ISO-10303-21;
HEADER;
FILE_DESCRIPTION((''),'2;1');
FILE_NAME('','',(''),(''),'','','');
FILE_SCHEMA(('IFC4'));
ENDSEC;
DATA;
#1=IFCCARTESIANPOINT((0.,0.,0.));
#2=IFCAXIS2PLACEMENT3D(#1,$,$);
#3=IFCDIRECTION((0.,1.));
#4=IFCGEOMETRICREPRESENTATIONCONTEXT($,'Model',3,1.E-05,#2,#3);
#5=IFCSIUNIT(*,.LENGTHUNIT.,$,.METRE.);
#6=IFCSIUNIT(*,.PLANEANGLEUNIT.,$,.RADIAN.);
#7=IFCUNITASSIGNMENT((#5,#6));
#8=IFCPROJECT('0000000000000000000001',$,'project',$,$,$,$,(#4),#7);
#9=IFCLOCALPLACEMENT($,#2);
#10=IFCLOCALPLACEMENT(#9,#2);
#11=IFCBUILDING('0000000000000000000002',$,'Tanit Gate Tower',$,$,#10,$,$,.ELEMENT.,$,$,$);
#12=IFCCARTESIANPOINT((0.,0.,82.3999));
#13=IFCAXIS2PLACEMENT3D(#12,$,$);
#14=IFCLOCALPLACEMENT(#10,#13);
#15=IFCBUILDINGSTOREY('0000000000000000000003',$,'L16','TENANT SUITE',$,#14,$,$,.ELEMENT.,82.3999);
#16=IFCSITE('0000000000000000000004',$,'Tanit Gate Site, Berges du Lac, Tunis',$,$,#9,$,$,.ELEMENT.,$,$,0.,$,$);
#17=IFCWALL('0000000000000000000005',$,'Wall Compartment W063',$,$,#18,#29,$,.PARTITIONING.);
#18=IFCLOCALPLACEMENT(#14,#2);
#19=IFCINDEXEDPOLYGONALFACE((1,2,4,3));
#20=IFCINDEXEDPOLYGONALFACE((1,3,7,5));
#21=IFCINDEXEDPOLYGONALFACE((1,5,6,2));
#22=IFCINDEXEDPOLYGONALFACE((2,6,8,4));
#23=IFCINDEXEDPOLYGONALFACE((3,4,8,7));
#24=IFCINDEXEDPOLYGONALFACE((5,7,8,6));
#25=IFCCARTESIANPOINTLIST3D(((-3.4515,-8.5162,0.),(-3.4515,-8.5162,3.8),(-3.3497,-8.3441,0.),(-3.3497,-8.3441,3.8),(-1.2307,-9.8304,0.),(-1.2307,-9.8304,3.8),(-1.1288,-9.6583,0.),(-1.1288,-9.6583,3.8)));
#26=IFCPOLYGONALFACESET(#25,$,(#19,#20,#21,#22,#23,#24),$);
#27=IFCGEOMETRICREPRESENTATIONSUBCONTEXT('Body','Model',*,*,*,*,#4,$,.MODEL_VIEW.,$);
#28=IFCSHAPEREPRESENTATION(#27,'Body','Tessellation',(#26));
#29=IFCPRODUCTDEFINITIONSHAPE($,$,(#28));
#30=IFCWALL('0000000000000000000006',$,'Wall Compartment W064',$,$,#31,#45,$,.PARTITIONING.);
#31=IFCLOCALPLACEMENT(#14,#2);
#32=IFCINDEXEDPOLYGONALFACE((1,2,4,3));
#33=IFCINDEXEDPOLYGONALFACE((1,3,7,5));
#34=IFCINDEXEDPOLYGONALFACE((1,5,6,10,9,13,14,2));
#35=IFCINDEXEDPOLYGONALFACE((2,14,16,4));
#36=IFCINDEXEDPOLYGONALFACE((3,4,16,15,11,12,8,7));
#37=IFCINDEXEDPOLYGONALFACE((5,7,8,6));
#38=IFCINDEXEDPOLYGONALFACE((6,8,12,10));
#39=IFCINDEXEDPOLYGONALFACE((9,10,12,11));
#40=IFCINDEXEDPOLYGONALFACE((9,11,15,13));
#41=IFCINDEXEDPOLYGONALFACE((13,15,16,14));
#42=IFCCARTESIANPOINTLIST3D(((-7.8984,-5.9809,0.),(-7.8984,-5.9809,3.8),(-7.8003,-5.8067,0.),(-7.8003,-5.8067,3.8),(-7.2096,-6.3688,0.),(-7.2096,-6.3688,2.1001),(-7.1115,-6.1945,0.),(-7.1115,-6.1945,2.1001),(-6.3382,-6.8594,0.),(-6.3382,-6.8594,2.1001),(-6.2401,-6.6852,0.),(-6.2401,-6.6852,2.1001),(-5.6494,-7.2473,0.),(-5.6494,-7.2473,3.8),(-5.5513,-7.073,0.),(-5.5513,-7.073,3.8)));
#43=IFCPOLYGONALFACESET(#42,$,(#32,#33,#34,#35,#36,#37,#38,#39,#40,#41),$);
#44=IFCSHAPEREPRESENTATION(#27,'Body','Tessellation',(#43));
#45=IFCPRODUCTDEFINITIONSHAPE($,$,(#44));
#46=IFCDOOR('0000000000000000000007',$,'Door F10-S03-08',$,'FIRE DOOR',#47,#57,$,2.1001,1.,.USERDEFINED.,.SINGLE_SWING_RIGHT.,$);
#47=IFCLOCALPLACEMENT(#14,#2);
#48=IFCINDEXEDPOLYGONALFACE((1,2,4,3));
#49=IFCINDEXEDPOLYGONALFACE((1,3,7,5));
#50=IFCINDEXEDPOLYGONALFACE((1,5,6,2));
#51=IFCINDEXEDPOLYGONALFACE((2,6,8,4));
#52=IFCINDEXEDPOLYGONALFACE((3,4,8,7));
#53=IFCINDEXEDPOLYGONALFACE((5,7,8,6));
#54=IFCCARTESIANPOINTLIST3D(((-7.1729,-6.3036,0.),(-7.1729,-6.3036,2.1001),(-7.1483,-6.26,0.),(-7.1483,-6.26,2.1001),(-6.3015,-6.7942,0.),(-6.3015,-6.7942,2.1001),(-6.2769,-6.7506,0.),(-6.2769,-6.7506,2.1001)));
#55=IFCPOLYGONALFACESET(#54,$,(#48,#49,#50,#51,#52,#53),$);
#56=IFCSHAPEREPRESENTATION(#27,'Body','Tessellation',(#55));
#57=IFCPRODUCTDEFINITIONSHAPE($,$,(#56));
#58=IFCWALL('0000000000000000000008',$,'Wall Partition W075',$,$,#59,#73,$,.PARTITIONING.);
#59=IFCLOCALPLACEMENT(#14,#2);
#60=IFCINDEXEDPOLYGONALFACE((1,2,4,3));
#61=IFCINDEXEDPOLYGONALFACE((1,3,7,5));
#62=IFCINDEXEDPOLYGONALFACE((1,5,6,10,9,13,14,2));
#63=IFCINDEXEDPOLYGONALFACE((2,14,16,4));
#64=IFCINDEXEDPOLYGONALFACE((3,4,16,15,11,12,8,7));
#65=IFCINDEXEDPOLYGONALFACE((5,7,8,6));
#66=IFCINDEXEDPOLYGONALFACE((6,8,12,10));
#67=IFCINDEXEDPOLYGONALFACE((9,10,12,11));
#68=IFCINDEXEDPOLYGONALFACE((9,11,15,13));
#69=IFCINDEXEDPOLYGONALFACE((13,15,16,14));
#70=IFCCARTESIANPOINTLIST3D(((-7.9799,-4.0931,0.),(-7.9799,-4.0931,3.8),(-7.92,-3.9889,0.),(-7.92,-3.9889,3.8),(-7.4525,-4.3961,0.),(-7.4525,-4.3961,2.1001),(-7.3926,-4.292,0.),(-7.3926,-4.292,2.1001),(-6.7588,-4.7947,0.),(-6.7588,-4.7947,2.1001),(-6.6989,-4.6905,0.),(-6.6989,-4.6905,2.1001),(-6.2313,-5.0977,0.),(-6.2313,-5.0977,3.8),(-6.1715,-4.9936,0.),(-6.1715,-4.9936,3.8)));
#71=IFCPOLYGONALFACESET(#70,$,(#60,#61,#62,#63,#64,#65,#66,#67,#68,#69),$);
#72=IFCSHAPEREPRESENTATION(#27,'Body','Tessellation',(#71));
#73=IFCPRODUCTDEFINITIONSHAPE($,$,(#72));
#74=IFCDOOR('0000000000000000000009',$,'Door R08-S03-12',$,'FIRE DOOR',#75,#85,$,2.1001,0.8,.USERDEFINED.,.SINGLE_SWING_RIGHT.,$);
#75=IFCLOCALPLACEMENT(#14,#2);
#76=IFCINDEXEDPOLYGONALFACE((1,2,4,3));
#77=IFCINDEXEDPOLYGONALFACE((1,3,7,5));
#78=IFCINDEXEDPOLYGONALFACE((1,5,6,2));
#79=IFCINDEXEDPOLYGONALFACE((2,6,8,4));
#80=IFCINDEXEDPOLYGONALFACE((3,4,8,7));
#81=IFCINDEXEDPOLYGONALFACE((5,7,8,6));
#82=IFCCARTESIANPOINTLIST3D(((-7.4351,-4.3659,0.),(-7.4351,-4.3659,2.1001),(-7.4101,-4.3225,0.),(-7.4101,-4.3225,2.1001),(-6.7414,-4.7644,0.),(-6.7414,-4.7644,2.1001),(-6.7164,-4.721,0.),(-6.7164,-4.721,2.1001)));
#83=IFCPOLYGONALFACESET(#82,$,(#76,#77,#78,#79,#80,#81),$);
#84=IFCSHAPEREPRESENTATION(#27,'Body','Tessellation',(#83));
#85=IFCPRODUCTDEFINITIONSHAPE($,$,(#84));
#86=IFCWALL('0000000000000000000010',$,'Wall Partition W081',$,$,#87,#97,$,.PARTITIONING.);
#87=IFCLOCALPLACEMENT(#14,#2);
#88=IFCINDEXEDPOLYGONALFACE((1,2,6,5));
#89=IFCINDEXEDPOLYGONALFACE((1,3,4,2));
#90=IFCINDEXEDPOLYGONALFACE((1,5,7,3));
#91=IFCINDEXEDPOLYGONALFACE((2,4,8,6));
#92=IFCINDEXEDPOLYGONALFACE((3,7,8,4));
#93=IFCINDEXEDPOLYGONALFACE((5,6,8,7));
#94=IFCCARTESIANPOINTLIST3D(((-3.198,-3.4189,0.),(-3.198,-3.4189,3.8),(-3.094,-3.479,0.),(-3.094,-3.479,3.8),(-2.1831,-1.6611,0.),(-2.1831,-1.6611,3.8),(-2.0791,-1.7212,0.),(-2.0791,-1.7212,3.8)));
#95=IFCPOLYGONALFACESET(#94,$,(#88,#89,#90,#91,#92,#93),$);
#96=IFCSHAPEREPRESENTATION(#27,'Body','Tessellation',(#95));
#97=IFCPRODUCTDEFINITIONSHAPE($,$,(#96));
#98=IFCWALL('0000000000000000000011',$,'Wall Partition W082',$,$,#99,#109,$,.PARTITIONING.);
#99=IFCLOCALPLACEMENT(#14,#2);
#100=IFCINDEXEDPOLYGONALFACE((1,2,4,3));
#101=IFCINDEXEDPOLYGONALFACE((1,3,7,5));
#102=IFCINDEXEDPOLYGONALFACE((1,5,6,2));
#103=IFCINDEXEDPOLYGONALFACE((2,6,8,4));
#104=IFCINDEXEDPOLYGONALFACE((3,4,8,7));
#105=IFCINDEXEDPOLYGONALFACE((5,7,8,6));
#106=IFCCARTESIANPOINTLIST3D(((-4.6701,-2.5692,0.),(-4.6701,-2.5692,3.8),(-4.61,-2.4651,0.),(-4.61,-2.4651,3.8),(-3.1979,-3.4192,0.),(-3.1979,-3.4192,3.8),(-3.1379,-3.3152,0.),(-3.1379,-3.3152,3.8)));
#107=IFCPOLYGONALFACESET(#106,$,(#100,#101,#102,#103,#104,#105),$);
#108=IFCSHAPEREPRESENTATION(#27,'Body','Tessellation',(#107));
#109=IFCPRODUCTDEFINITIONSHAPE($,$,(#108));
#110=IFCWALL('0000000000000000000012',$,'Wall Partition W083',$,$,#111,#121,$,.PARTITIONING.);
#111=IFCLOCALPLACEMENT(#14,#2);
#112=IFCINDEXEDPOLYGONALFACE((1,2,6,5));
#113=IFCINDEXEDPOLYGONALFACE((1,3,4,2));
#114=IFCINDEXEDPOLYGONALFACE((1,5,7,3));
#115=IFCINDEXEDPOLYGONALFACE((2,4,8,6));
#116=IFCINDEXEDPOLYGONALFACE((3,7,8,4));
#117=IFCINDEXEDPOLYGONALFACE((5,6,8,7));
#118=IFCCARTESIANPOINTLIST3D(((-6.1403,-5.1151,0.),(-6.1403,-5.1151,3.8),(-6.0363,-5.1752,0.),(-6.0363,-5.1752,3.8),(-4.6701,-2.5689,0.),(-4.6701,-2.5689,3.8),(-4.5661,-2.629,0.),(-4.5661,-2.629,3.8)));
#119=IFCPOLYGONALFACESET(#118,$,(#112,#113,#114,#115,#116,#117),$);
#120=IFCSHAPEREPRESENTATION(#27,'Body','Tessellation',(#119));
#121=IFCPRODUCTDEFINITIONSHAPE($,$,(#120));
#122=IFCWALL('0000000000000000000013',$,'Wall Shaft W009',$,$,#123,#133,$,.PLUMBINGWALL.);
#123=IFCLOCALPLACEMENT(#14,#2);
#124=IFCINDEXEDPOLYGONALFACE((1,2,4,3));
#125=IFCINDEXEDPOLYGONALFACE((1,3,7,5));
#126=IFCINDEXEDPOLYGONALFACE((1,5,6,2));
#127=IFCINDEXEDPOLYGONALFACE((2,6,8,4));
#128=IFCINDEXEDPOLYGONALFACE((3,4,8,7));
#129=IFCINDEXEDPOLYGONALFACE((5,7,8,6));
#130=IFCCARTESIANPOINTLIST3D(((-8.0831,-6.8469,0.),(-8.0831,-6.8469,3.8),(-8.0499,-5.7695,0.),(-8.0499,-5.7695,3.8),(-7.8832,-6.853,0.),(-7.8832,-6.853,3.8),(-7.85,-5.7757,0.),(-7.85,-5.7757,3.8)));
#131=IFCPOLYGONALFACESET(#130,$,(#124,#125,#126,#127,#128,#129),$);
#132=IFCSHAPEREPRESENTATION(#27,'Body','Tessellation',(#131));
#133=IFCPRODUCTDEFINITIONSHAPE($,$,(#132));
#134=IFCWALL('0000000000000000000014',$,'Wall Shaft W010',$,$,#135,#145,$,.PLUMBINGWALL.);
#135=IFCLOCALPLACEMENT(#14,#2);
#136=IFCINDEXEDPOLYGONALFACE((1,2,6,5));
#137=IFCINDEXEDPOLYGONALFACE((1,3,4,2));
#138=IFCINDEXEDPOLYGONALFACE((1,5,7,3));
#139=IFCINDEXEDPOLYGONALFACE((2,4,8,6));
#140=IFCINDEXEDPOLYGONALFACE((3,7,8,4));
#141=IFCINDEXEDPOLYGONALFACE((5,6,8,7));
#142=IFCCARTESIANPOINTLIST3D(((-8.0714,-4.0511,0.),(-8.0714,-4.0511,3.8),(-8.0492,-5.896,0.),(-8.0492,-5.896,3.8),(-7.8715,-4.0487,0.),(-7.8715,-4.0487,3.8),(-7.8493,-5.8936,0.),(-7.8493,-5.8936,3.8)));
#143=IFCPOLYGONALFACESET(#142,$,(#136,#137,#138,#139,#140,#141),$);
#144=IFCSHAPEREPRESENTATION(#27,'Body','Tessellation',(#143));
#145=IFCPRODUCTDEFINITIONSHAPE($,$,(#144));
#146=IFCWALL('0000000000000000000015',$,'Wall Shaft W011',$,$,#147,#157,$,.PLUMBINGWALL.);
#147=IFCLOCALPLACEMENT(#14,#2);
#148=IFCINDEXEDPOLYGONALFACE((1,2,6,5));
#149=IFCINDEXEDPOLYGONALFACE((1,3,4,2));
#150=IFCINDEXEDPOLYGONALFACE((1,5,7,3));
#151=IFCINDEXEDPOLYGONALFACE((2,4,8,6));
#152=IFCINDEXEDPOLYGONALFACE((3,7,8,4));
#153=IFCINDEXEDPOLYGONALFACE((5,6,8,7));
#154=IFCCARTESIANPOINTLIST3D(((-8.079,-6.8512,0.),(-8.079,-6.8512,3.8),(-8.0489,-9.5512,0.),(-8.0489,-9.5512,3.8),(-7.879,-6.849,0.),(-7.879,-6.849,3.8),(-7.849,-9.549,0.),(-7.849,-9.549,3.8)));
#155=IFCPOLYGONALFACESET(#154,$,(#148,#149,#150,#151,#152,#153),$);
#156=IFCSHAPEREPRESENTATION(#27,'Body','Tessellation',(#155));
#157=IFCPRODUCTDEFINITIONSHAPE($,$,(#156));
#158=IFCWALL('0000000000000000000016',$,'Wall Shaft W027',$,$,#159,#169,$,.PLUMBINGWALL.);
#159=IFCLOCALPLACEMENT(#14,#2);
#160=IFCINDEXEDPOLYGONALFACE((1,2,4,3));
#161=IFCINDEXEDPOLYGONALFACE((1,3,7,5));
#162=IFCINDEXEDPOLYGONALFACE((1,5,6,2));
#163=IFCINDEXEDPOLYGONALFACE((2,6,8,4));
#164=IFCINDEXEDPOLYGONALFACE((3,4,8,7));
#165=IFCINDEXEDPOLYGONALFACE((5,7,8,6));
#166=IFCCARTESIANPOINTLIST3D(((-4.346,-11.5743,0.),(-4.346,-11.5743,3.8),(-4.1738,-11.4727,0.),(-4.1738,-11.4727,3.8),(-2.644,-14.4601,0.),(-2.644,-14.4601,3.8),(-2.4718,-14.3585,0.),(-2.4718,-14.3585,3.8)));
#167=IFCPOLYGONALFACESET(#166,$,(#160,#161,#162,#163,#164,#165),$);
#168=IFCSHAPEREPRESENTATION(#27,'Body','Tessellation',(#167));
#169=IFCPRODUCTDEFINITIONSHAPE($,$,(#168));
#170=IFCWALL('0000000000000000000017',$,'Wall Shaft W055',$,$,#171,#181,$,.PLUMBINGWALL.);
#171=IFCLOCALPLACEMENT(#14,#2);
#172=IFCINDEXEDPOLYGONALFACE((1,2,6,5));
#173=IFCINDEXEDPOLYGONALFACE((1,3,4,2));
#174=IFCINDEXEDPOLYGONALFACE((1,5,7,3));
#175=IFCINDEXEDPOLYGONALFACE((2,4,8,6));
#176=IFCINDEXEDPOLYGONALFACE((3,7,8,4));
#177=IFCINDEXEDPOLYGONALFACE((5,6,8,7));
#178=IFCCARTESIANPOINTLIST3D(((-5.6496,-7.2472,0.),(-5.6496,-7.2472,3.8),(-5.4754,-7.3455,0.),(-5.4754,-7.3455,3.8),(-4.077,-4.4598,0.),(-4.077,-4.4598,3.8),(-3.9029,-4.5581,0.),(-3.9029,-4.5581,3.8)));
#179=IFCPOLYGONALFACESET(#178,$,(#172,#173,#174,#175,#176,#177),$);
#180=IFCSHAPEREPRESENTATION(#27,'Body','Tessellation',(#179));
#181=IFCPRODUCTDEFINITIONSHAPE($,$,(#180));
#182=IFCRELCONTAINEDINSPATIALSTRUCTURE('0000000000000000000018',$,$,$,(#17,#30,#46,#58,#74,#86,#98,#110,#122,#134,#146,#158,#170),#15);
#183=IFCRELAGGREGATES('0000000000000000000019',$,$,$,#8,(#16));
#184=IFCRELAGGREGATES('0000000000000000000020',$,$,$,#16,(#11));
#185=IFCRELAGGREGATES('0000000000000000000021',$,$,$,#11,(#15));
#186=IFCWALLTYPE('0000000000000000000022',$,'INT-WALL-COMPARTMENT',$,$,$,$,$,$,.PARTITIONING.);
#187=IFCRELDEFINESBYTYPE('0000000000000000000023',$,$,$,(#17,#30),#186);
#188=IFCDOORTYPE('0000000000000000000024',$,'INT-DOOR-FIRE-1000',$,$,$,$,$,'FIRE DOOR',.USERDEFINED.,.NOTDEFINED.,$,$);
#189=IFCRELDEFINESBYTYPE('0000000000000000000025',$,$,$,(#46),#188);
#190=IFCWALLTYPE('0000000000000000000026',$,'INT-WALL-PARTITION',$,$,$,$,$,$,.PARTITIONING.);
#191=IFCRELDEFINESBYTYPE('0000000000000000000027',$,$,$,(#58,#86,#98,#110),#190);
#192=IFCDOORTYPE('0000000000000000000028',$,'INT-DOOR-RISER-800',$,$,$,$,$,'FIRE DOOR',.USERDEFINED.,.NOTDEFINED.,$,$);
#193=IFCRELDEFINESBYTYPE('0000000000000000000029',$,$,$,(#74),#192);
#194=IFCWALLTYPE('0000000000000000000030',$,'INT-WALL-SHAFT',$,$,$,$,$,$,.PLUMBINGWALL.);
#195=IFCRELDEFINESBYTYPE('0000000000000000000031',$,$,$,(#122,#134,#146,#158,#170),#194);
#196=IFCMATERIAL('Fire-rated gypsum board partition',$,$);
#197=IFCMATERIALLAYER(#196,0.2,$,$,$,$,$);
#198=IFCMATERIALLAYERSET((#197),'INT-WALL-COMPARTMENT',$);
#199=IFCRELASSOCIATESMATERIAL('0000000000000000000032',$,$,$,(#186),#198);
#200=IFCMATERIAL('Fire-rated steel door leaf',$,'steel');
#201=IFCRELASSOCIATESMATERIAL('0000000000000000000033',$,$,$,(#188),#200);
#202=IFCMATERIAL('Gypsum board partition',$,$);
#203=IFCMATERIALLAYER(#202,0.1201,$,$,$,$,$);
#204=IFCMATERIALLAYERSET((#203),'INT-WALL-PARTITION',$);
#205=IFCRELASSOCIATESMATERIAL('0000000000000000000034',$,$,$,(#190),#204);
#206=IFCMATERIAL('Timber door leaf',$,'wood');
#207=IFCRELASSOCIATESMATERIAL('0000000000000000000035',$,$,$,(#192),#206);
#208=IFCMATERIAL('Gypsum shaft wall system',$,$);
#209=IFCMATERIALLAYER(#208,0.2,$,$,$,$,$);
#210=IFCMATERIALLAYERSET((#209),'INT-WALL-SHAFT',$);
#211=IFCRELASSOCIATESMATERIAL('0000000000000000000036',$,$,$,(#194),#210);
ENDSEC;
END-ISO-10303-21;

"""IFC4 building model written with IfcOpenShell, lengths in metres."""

from ifc_helpers import new_model, si_unit, direction, frame, frame_2d, origin, place, context, subcontext, project, spatial, rectangle, extrude, material, layer, layer_set, type_object, element, fill, save


model = new_model("IFC4")

# Units and contexts
model_context = context("Model", 3, precision=1e-05, world=origin(), true_north=direction((0.0, 1.0)))
body_context = subcontext(model_context, "Body", "Model", "MODEL_VIEW")
ifc_project = project(units=[si_unit("LENGTHUNIT", "METRE"), si_unit("PLANEANGLEUNIT", "RADIAN")], contexts=[model_context])

# Site, building, storey
site_placement = place(None, origin())
site = spatial("IfcSite", under=ifc_project, at=site_placement, Name="Tanit Gate Site, Berges du Lac, Tunis", CompositionType="ELEMENT", RefElevation=0.0)
building_placement = place(site_placement, origin())
building = spatial("IfcBuilding", under=site, at=building_placement, Name="Tanit Gate Tower", CompositionType="ELEMENT")
storey_placement = place(building_placement, frame((0.0, 0.0, 82.3999)))
storey = spatial("IfcBuildingStorey", under=building, at=storey_placement, Name="L16", Description="TENANT SUITE", CompositionType="ELEMENT", Elevation=82.3999)

# Wall
ifc_material_1 = material(Name="Fire-rated gypsum board partition")
ifc_layer_1 = layer(ifc_material_1, 0.2)
ifc_layer_set_1 = layer_set([ifc_layer_1], Name="INT-WALL-COMPARTMENT")
wall_type_1 = type_object("IfcWallType", Name="INT-WALL-COMPARTMENT", PredefinedType="PARTITIONING", material=ifc_layer_set_1)
wall_1_placement = place(storey_placement, frame((-3.4006, -8.4302, 0.0), z_axis=(0.0, 0.0, 1.0), x_axis=(0.860616, -0.509255, 0.0)))
element("IfcWall", 1, at=wall_1_placement, inside=storey, type_object=wall_type_1, Name="Wall Compartment W063", PredefinedType="PARTITIONING", context=body_context, shape_type="SweptSolid", body=[
    extrude(rectangle(XDim=2.5806, YDim=0.2, at=frame_2d((1.2903, 0.0))), origin(), (0.0, 0.0, 1.0), 3.8),
])

# Walls, openings, doors
wall_2_placement = place(storey_placement, frame((-7.8494, -5.8938, 0.0), z_axis=(0.0, 0.0, 1.0), x_axis=(0.871363, -0.490638, 0.0)))
wall_2 = element("IfcWall", 2, at=wall_2_placement, inside=storey, type_object=wall_type_1, Name="Wall Compartment W064", PredefinedType="PARTITIONING", context=body_context, shape_type="SweptSolid", body=[
    extrude(rectangle(XDim=2.5811, YDim=0.2, at=frame_2d((1.2905, 0.0))), origin(), (0.0, 0.0, 1.0), 3.8),
])
opening_1_placement = place(wall_2_placement, frame((0.7905, 0.0, 0.0)))
opening_1 = element("IfcOpeningElement", 3, at=opening_1_placement, cuts=wall_2, PredefinedType="OPENING", context=body_context, shape_type="SweptSolid", body=[
    extrude(rectangle(XDim=1.0, YDim=2.1001, at=frame_2d((0.5, 1.05))), frame((0.0, 0.1099, 0.0), z_axis=(0.0, -1.0, 0.0), x_axis=(1.0, 0.0, 0.0)), (0.0, 0.0, 1.0), 0.22),
])
ifc_material_2 = material(Name="Fire-rated steel door leaf", Category="steel")
door_type_1 = type_object("IfcDoorType", Name="INT-DOOR-FIRE-1000", ElementType="FIRE DOOR", OperationType="NOTDEFINED", PredefinedType="USERDEFINED", material=ifc_material_2)
door_1_placement = place(opening_1_placement, origin())
door_1 = element("IfcDoor", 4, at=door_1_placement, inside=storey, type_object=door_type_1, Name="Door F10-S03-08", ObjectType="FIRE DOOR", OperationType="SINGLE_SWING_RIGHT", OverallHeight=2.1001, OverallWidth=1.0, PredefinedType="USERDEFINED", context=body_context, shape_type="SweptSolid", body=[
    extrude(rectangle(XDim=1.0, YDim=2.1001, at=frame_2d((0.5, 1.05))), frame((0.0, 0.0249, 0.0), z_axis=(0.0, -1.0, 0.0), x_axis=(1.0, 0.0, 0.0)), (0.0, 0.0, 1.0), 0.05),
])
fill(opening_1, door_1)
ifc_material_3 = material(Name="Gypsum board partition")
ifc_layer_2 = layer(ifc_material_3, 0.1201)
ifc_layer_set_2 = layer_set([ifc_layer_2], Name="INT-WALL-PARTITION")
wall_type_2 = type_object("IfcWallType", Name="INT-WALL-PARTITION", PredefinedType="PARTITIONING", material=ifc_layer_set_2)
wall_3_placement = place(storey_placement, frame((-7.95, -4.041, 0.0), z_axis=(0.0, 0.0, 1.0), x_axis=(0.867071, -0.498184, 0.0)))
wall_3 = element("IfcWall", 5, at=wall_3_placement, inside=storey, type_object=wall_type_2, Name="Wall Partition W075", PredefinedType="PARTITIONING", context=body_context, shape_type="SweptSolid", body=[
    extrude(rectangle(XDim=2.0166, YDim=0.1201, at=frame_2d((1.0083, 0.0))), origin(), (0.0, 0.0, 1.0), 3.8),
])
opening_2_placement = place(wall_3_placement, frame((0.6084, 0.0, 0.0)))
opening_2 = element("IfcOpeningElement", 6, at=opening_2_placement, cuts=wall_3, PredefinedType="OPENING", context=body_context, shape_type="SweptSolid", body=[
    extrude(rectangle(XDim=0.8, YDim=2.1001, at=frame_2d((0.3999, 1.05))), frame((0.0, 0.0701, 0.0), z_axis=(0.0, -1.0, 0.0), x_axis=(1.0, 0.0, 0.0)), (0.0, 0.0, 1.0), 0.1401),
])
ifc_material_4 = material(Name="Timber door leaf", Category="wood")
door_type_2 = type_object("IfcDoorType", Name="INT-DOOR-RISER-800", ElementType="FIRE DOOR", OperationType="NOTDEFINED", PredefinedType="USERDEFINED", material=ifc_material_4)
door_2_placement = place(opening_2_placement, origin())
door_2 = element("IfcDoor", 7, at=door_2_placement, inside=storey, type_object=door_type_2, Name="Door R08-S03-12", ObjectType="FIRE DOOR", OperationType="SINGLE_SWING_RIGHT", OverallHeight=2.1001, OverallWidth=0.8, PredefinedType="USERDEFINED", context=body_context, shape_type="SweptSolid", body=[
    extrude(rectangle(XDim=0.8, YDim=2.1001, at=frame_2d((0.3999, 1.05))), frame((0.0, 0.0249, 0.0), z_axis=(0.0, -1.0, 0.0), x_axis=(1.0, 0.0, 0.0)), (0.0, 0.0, 1.0), 0.05),
])
fill(opening_2, door_2)

# Walls
wall_4_placement = place(storey_placement, frame((-3.146, -3.449, 0.0), z_axis=(0.0, 0.0, 1.0), x_axis=(0.500007, 0.866021, 0.0)))
element("IfcWall", 8, at=wall_4_placement, inside=storey, type_object=wall_type_2, Name="Wall Partition W081", PredefinedType="PARTITIONING", context=body_context, shape_type="SweptSolid", body=[
    extrude(rectangle(XDim=2.0298, YDim=0.1201, at=frame_2d((1.0149, 0.0))), origin(), (0.0, 0.0, 1.0), 3.8),
])
wall_5_placement = place(storey_placement, frame((-4.6401, -2.5171, 0.0), z_axis=(0.0, 0.0, 1.0), x_axis=(0.865989, -0.500062, 0.0)))
element("IfcWall", 9, at=wall_5_placement, inside=storey, type_object=wall_type_2, Name="Wall Partition W082", PredefinedType="PARTITIONING", context=body_context, shape_type="SweptSolid", body=[
    extrude(rectangle(XDim=1.7, YDim=0.1201, at=frame_2d((0.8501, 0.0))), origin(), (0.0, 0.0, 1.0), 3.8),
])
wall_6_placement = place(storey_placement, frame((-6.0884, -5.1453, 0.0), z_axis=(0.0, 0.0, 1.0), x_axis=(0.500051, 0.865996, 0.0)))
element("IfcWall", 10, at=wall_6_placement, inside=storey, type_object=wall_type_2, Name="Wall Partition W083", PredefinedType="PARTITIONING", context=body_context, shape_type="SweptSolid", body=[
    extrude(rectangle(XDim=2.9402, YDim=0.1201, at=frame_2d((1.4702, 0.0))), origin(), (0.0, 0.0, 1.0), 3.8),
])
ifc_material_5 = material(Name="Gypsum shaft wall system")
ifc_layer_3 = layer(ifc_material_5, 0.2)
ifc_layer_set_3 = layer_set([ifc_layer_3], Name="INT-WALL-SHAFT")
wall_type_3 = type_object("IfcWallType", Name="INT-WALL-SHAFT", PredefinedType="PLUMBINGWALL", material=ifc_layer_set_3)
wall_7_placement = place(storey_placement, frame((-7.95, -5.7725, 0.0), z_axis=(0.0, 0.0, 1.0), x_axis=(-0.030803, -0.999525, 0.0)))
element("IfcWall", 11, at=wall_7_placement, inside=storey, type_object=wall_type_3, Name="Wall Shaft W009", PredefinedType="PLUMBINGWALL", context=body_context, shape_type="SweptSolid", body=[
    extrude(rectangle(XDim=1.0779, YDim=0.2, at=frame_2d((0.5391, 0.0))), origin(), (0.0, 0.0, 1.0), 3.8),
])
wall_8_placement = place(storey_placement, frame((-7.9714, -4.05, 0.0), z_axis=(0.0, 0.0, 1.0), x_axis=(0.012043, -0.999927, 0.0)))
element("IfcWall", 12, at=wall_8_placement, inside=storey, type_object=wall_type_3, Name="Wall Shaft W010", PredefinedType="PLUMBINGWALL", context=body_context, shape_type="SweptSolid", body=[
    extrude(rectangle(XDim=1.845, YDim=0.2, at=frame_2d((0.9224, 0.0))), origin(), (0.0, 0.0, 1.0), 3.8),
])
wall_9_placement = place(storey_placement, frame((-7.979, -6.8501, 0.0), z_axis=(0.0, 0.0, 1.0), x_axis=(0.011121, -0.999938, 0.0)))
element("IfcWall", 13, at=wall_9_placement, inside=storey, type_object=wall_type_3, Name="Wall Shaft W011", PredefinedType="PLUMBINGWALL", context=body_context, shape_type="SweptSolid", body=[
    extrude(rectangle(XDim=2.7002, YDim=0.2, at=frame_2d((1.3501, 0.0))), origin(), (0.0, 0.0, 1.0), 3.8),
])
wall_10_placement = place(storey_placement, frame((-2.5579, -14.4094, 0.0), z_axis=(0.0, 0.0, 1.0), x_axis=(-0.507997, 0.861359, 0.0)))
element("IfcWall", 14, at=wall_10_placement, inside=storey, type_object=wall_type_3, Name="Wall Shaft W027", PredefinedType="PLUMBINGWALL", context=body_context, shape_type="SweptSolid", body=[
    extrude(rectangle(XDim=3.3503, YDim=0.2, at=frame_2d((1.6753, 0.0))), origin(), (0.0, 0.0, 1.0), 3.8),
])

# Wall
wall_11_placement = place(storey_placement, frame((-3.99, -4.509, 0.0), z_axis=(0.0, 0.0, 1.0), x_axis=(-0.491358, -0.870958, 0.0)))
element("IfcWall", 15, at=wall_11_placement, inside=storey, type_object=wall_type_3, Name="Wall Shaft W055", PredefinedType="PLUMBINGWALL", context=body_context, shape_type="SweptSolid", body=[
    extrude(rectangle(XDim=3.2004, YDim=0.2, at=frame_2d((1.6001, 0.0))), origin(), (0.0, 0.0, 1.0), 3.8),
])

save(model, "model.ifc")
